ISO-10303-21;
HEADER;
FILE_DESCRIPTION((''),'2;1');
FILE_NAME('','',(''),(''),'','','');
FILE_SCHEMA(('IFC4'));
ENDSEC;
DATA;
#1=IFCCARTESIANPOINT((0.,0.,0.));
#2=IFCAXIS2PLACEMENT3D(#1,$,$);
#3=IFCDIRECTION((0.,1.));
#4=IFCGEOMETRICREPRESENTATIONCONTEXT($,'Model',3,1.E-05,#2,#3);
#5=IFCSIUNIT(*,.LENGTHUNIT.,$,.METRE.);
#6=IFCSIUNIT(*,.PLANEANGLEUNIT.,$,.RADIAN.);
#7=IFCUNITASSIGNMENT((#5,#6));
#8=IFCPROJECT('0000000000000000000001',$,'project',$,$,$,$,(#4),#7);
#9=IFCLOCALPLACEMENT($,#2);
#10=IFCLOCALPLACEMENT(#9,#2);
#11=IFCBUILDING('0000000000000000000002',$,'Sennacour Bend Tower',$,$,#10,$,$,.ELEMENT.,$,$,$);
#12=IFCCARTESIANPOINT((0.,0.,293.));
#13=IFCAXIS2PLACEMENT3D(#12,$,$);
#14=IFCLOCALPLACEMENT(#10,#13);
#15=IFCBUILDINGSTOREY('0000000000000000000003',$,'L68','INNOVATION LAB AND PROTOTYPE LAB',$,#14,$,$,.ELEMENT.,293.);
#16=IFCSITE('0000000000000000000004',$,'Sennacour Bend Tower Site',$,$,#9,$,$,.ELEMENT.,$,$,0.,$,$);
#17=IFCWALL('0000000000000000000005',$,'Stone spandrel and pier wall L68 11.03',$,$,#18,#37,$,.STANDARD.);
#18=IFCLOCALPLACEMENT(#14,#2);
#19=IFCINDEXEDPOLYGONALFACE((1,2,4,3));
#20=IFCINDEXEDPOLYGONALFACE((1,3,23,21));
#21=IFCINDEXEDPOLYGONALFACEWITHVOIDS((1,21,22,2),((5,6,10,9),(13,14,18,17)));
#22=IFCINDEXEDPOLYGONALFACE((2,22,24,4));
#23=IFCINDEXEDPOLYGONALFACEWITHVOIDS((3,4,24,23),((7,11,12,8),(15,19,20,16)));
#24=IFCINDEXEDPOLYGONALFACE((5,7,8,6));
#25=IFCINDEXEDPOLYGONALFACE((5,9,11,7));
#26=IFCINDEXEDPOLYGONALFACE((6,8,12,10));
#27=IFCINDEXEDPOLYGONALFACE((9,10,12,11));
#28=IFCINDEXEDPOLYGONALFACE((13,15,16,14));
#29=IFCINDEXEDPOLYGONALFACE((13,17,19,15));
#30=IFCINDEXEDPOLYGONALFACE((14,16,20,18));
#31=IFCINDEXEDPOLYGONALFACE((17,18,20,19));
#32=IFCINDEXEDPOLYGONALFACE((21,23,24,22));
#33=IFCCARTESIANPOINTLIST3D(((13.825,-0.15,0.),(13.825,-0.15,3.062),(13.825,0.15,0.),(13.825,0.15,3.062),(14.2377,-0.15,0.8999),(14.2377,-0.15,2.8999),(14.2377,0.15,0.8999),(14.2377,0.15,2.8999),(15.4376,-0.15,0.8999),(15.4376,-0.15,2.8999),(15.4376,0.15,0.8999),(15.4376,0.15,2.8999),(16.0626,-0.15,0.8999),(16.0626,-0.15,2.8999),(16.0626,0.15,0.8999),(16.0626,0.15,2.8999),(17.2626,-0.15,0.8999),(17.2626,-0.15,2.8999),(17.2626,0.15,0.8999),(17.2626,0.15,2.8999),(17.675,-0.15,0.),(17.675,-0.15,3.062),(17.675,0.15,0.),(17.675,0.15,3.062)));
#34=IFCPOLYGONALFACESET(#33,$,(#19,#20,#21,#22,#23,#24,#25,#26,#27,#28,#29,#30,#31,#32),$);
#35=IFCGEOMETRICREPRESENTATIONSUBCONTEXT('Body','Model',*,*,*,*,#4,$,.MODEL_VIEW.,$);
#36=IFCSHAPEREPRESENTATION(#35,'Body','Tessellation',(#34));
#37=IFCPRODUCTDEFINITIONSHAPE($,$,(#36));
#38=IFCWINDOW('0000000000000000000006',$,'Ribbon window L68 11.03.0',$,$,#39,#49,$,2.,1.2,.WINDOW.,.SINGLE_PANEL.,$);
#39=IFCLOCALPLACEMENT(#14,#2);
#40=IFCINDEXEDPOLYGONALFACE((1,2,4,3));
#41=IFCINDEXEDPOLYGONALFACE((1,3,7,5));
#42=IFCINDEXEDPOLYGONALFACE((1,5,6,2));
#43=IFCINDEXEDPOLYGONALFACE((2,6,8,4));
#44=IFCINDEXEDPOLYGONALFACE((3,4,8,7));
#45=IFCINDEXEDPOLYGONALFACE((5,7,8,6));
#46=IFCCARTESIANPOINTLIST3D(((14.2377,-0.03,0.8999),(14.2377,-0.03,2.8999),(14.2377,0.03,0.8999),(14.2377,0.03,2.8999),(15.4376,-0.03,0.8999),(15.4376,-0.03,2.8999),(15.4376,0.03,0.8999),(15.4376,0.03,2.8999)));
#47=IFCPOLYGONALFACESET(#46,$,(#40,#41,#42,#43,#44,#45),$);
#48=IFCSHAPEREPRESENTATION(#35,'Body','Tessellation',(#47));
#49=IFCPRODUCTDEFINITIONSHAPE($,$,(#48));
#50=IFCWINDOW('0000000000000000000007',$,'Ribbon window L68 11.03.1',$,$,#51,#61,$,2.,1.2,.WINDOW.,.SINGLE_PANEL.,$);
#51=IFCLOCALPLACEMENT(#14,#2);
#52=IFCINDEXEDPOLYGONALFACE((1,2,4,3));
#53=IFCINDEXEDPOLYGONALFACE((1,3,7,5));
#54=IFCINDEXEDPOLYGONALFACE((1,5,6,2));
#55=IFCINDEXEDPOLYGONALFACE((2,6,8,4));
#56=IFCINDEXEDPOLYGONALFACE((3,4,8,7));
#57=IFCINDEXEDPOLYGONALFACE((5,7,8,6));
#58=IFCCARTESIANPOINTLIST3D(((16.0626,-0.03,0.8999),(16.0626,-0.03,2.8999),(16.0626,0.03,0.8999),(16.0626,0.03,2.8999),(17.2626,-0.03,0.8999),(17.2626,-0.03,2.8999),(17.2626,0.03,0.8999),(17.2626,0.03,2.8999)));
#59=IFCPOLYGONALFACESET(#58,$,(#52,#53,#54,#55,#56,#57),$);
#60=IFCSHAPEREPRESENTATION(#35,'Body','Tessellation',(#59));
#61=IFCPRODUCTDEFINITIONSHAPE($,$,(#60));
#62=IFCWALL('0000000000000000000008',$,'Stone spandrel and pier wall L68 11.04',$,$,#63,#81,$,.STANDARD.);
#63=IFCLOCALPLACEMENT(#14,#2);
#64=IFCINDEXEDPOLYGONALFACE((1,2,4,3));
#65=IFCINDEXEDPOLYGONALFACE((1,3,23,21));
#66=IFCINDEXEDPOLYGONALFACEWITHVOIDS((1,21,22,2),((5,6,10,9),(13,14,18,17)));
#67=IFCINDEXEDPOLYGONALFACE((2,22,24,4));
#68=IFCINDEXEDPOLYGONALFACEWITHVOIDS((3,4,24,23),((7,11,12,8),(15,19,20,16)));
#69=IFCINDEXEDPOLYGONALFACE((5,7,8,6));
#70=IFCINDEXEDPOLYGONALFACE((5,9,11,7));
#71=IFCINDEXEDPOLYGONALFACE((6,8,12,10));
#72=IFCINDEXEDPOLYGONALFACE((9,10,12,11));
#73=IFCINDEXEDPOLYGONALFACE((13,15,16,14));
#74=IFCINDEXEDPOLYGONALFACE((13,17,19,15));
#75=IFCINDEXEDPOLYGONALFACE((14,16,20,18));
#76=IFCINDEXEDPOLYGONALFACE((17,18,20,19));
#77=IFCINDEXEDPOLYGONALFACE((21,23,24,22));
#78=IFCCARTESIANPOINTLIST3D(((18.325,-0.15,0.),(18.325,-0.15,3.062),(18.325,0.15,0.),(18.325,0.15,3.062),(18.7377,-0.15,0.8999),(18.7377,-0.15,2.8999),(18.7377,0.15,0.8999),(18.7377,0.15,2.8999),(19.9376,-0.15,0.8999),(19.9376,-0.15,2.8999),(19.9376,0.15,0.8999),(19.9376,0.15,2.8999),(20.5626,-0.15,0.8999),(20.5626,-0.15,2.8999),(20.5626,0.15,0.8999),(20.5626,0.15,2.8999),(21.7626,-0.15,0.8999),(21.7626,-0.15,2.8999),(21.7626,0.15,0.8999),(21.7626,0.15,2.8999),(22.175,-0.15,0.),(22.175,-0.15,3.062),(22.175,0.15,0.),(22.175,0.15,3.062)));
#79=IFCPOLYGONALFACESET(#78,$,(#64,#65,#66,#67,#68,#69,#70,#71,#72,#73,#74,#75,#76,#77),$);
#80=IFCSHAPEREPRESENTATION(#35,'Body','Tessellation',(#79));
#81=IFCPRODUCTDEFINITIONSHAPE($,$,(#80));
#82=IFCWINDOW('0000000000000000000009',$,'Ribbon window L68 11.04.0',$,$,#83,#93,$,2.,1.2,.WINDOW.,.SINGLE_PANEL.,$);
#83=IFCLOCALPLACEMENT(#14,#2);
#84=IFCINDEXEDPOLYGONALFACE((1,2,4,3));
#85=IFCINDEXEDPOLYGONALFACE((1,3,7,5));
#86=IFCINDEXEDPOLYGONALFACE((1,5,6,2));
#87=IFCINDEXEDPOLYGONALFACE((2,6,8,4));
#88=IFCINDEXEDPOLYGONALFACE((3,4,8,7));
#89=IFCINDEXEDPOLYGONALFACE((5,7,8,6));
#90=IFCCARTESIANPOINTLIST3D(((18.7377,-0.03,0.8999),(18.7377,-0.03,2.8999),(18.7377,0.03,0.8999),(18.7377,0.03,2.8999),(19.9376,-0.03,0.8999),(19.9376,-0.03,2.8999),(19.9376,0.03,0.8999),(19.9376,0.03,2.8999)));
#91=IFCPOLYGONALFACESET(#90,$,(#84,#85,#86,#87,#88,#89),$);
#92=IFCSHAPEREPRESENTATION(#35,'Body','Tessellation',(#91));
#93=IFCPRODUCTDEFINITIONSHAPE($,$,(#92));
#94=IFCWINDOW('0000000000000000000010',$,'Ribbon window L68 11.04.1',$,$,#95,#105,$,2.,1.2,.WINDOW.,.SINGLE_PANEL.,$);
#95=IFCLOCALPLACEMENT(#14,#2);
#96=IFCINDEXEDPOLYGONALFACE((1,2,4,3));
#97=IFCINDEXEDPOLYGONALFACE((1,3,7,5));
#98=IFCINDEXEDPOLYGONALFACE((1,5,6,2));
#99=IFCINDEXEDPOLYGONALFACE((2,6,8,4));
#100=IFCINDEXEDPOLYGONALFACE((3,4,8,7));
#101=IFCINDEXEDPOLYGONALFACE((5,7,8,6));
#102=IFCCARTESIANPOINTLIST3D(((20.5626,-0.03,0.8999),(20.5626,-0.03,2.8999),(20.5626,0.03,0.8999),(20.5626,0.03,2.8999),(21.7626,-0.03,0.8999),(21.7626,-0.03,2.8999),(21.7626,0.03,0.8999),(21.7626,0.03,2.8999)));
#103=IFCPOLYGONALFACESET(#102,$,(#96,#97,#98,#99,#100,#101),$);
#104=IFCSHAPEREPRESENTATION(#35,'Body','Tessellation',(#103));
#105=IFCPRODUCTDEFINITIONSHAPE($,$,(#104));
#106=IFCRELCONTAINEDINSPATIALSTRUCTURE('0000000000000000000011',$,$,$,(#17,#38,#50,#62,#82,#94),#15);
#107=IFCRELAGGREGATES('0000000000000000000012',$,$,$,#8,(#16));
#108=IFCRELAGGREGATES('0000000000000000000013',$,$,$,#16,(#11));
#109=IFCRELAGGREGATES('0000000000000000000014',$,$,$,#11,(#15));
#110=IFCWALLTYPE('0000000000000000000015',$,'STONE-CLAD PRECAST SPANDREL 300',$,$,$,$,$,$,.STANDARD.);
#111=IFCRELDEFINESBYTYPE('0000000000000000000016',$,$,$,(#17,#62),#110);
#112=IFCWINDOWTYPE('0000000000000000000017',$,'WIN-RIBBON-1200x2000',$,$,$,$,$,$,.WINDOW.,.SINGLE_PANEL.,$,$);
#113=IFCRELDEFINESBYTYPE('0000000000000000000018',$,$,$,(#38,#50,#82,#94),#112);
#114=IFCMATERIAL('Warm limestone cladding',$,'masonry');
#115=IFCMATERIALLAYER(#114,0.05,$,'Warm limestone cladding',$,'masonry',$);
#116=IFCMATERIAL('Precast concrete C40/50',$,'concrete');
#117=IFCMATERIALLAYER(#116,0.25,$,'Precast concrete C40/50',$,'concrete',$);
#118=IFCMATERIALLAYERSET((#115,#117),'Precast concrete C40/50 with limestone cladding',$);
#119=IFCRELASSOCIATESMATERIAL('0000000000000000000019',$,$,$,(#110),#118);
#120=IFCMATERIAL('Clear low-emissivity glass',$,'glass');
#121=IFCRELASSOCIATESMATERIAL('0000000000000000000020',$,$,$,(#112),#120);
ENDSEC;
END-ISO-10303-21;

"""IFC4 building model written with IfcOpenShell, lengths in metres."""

from ifc_helpers import new_model, si_unit, direction, frame, frame_2d, origin, place, context, subcontext, project, spatial, rectangle, extrude, material, layer, layer_set, type_object, element, fill, save


model = new_model("IFC4")

# Units and contexts
model_context = context("Model", 3, precision=1e-05, world=origin(), true_north=direction((0.0, 1.0)))
body_context = subcontext(model_context, "Body", "Model", "MODEL_VIEW")
ifc_project = project(units=[si_unit("LENGTHUNIT", "METRE"), si_unit("PLANEANGLEUNIT", "RADIAN")], contexts=[model_context])

# Site, building, storey
site_placement = place(None, origin())
site = spatial("IfcSite", under=ifc_project, at=site_placement, Name="Sennacour Bend Tower Site", CompositionType="ELEMENT", RefElevation=0.0)
building_placement = place(site_placement, origin())
building = spatial("IfcBuilding", under=site, at=building_placement, Name="Sennacour Bend Tower", CompositionType="ELEMENT")
storey_placement = place(building_placement, frame((0.0, 0.0, 293.0)))
storey = spatial("IfcBuildingStorey", under=building, at=storey_placement, Name="L68", Description="INNOVATION LAB AND PROTOTYPE LAB", CompositionType="ELEMENT", Elevation=293.0)

# Shared definitions
ifc_material_1 = material(Name="Warm limestone cladding", Category="masonry")
ifc_layer_1 = layer(ifc_material_1, 0.05, Name="Warm limestone cladding", Category="masonry")
ifc_material_2 = material(Name="Precast concrete C40/50", Category="concrete")
ifc_layer_2 = layer(ifc_material_2, 0.25, Name="Precast concrete C40/50", Category="concrete")
ifc_layer_set_1 = layer_set([ifc_layer_1, ifc_layer_2], Name="Precast concrete C40/50 with limestone cladding")
wall_type_1 = type_object("IfcWallType", Name="STONE-CLAD PRECAST SPANDREL 300", PredefinedType="STANDARD", material=ifc_layer_set_1)

# Walls, openings, windows
wall_1_placement = place(storey_placement, frame((13.825, 0.0, 0.0), z_axis=(0.0, 0.0, 1.0), x_axis=(1.0, 0.0, 0.0)))
wall_1 = element("IfcWall", 1, at=wall_1_placement, inside=storey, type_object=wall_type_1, Name="Stone spandrel and pier wall L68 11.03", PredefinedType="STANDARD", context=body_context, shape_type="SweptSolid", body=[
    extrude(rectangle(XDim=3.8501, YDim=0.3, at=frame_2d((1.925, 0.0))), origin(), (0.0, 0.0, 1.0), 3.062),
])
opening_1_placement = place(wall_1_placement, frame((0.4126, 0.0, 0.8999)))
opening_1 = element("IfcOpeningElement", 2, at=opening_1_placement, cuts=wall_1, PredefinedType="OPENING", context=body_context, shape_type="SweptSolid", body=[
    extrude(rectangle(XDim=1.2, YDim=2.0, at=frame_2d((0.6001, 1.0))), frame((0.0, 0.1602, 0.0), z_axis=(0.0, -1.0, 0.0), x_axis=(1.0, 0.0, 0.0)), (0.0, 0.0, 1.0), 0.3201),
])
opening_2_placement = place(wall_1_placement, frame((2.2375, 0.0, 0.8999)))
opening_2 = element("IfcOpeningElement", 3, at=opening_2_placement, cuts=wall_1, PredefinedType="OPENING", context=body_context, shape_type="SweptSolid", body=[
    extrude(rectangle(XDim=1.2, YDim=2.0, at=frame_2d((0.6001, 1.0))), frame((0.0, 0.1602, 0.0), z_axis=(0.0, -1.0, 0.0), x_axis=(1.0, 0.0, 0.0)), (0.0, 0.0, 1.0), 0.3201),
])
ifc_material_3 = material(Name="Clear low-emissivity glass", Category="glass")
window_type = type_object("IfcWindowType", Name="WIN-RIBBON-1200x2000", PartitioningType="SINGLE_PANEL", PredefinedType="WINDOW", material=ifc_material_3)
window_1_placement = place(opening_1_placement, origin())
window_1 = element("IfcWindow", 4, at=window_1_placement, inside=storey, type_object=window_type, Name="Ribbon window L68 11.03.0", OverallHeight=2.0, OverallWidth=1.2, PartitioningType="SINGLE_PANEL", PredefinedType="WINDOW", context=body_context, shape_type="SweptSolid", body=[
    extrude(rectangle(XDim=1.2, YDim=2.0, at=frame_2d((0.6001, 1.0))), frame((0.0, 0.03, 0.0), z_axis=(0.0, -1.0, 0.0), x_axis=(1.0, 0.0, 0.0)), (0.0, 0.0, 1.0), 0.0601),
])
fill(opening_1, window_1)
window_2_placement = place(opening_2_placement, origin())
window_2 = element("IfcWindow", 5, at=window_2_placement, inside=storey, type_object=window_type, Name="Ribbon window L68 11.03.1", OverallHeight=2.0, OverallWidth=1.2, PartitioningType="SINGLE_PANEL", PredefinedType="WINDOW", context=body_context, shape_type="SweptSolid", body=[
    extrude(rectangle(XDim=1.2, YDim=2.0, at=frame_2d((0.6001, 1.0))), frame((0.0, 0.03, 0.0), z_axis=(0.0, -1.0, 0.0), x_axis=(1.0, 0.0, 0.0)), (0.0, 0.0, 1.0), 0.0601),
])
fill(opening_2, window_2)
wall_2_placement = place(storey_placement, frame((18.325, 0.0, 0.0), z_axis=(0.0, 0.0, 1.0), x_axis=(1.0, 0.0, 0.0)))
wall_2 = element("IfcWall", 6, at=wall_2_placement, inside=storey, type_object=wall_type_1, Name="Stone spandrel and pier wall L68 11.04", PredefinedType="STANDARD", context=body_context, shape_type="SweptSolid", body=[
    extrude(rectangle(XDim=3.8501, YDim=0.3, at=frame_2d((1.925, 0.0))), origin(), (0.0, 0.0, 1.0), 3.062),
])
opening_3_placement = place(wall_2_placement, frame((0.4126, 0.0, 0.8999)))
opening_3 = element("IfcOpeningElement", 7, at=opening_3_placement, cuts=wall_2, PredefinedType="OPENING", context=body_context, shape_type="SweptSolid", body=[
    extrude(rectangle(XDim=1.2, YDim=2.0, at=frame_2d((0.6001, 1.0))), frame((0.0, 0.1602, 0.0), z_axis=(0.0, -1.0, 0.0), x_axis=(1.0, 0.0, 0.0)), (0.0, 0.0, 1.0), 0.3201),
])
opening_4_placement = place(wall_2_placement, frame((2.2375, 0.0, 0.8999)))
opening_4 = element("IfcOpeningElement", 8, at=opening_4_placement, cuts=wall_2, PredefinedType="OPENING", context=body_context, shape_type="SweptSolid", body=[
    extrude(rectangle(XDim=1.2, YDim=2.0, at=frame_2d((0.6001, 1.0))), frame((0.0, 0.1602, 0.0), z_axis=(0.0, -1.0, 0.0), x_axis=(1.0, 0.0, 0.0)), (0.0, 0.0, 1.0), 0.3201),
])
window_3_placement = place(opening_3_placement, origin())
window_3 = element("IfcWindow", 9, at=window_3_placement, inside=storey, type_object=window_type, Name="Ribbon window L68 11.04.0", OverallHeight=2.0, OverallWidth=1.2, PartitioningType="SINGLE_PANEL", PredefinedType="WINDOW", context=body_context, shape_type="SweptSolid", body=[
    extrude(rectangle(XDim=1.2, YDim=2.0, at=frame_2d((0.6001, 1.0))), frame((0.0, 0.03, 0.0), z_axis=(0.0, -1.0, 0.0), x_axis=(1.0, 0.0, 0.0)), (0.0, 0.0, 1.0), 0.0601),
])
fill(opening_3, window_3)
window_4_placement = place(opening_4_placement, origin())
window_4 = element("IfcWindow", 10, at=window_4_placement, inside=storey, type_object=window_type, Name="Ribbon window L68 11.04.1", OverallHeight=2.0, OverallWidth=1.2, PartitioningType="SINGLE_PANEL", PredefinedType="WINDOW", context=body_context, shape_type="SweptSolid", body=[
    extrude(rectangle(XDim=1.2, YDim=2.0, at=frame_2d((0.6001, 1.0))), frame((0.0, 0.03, 0.0), z_axis=(0.0, -1.0, 0.0), x_axis=(1.0, 0.0, 0.0)), (0.0, 0.0, 1.0), 0.0601),
])
fill(opening_4, window_4)

save(model, "model.ifc")
